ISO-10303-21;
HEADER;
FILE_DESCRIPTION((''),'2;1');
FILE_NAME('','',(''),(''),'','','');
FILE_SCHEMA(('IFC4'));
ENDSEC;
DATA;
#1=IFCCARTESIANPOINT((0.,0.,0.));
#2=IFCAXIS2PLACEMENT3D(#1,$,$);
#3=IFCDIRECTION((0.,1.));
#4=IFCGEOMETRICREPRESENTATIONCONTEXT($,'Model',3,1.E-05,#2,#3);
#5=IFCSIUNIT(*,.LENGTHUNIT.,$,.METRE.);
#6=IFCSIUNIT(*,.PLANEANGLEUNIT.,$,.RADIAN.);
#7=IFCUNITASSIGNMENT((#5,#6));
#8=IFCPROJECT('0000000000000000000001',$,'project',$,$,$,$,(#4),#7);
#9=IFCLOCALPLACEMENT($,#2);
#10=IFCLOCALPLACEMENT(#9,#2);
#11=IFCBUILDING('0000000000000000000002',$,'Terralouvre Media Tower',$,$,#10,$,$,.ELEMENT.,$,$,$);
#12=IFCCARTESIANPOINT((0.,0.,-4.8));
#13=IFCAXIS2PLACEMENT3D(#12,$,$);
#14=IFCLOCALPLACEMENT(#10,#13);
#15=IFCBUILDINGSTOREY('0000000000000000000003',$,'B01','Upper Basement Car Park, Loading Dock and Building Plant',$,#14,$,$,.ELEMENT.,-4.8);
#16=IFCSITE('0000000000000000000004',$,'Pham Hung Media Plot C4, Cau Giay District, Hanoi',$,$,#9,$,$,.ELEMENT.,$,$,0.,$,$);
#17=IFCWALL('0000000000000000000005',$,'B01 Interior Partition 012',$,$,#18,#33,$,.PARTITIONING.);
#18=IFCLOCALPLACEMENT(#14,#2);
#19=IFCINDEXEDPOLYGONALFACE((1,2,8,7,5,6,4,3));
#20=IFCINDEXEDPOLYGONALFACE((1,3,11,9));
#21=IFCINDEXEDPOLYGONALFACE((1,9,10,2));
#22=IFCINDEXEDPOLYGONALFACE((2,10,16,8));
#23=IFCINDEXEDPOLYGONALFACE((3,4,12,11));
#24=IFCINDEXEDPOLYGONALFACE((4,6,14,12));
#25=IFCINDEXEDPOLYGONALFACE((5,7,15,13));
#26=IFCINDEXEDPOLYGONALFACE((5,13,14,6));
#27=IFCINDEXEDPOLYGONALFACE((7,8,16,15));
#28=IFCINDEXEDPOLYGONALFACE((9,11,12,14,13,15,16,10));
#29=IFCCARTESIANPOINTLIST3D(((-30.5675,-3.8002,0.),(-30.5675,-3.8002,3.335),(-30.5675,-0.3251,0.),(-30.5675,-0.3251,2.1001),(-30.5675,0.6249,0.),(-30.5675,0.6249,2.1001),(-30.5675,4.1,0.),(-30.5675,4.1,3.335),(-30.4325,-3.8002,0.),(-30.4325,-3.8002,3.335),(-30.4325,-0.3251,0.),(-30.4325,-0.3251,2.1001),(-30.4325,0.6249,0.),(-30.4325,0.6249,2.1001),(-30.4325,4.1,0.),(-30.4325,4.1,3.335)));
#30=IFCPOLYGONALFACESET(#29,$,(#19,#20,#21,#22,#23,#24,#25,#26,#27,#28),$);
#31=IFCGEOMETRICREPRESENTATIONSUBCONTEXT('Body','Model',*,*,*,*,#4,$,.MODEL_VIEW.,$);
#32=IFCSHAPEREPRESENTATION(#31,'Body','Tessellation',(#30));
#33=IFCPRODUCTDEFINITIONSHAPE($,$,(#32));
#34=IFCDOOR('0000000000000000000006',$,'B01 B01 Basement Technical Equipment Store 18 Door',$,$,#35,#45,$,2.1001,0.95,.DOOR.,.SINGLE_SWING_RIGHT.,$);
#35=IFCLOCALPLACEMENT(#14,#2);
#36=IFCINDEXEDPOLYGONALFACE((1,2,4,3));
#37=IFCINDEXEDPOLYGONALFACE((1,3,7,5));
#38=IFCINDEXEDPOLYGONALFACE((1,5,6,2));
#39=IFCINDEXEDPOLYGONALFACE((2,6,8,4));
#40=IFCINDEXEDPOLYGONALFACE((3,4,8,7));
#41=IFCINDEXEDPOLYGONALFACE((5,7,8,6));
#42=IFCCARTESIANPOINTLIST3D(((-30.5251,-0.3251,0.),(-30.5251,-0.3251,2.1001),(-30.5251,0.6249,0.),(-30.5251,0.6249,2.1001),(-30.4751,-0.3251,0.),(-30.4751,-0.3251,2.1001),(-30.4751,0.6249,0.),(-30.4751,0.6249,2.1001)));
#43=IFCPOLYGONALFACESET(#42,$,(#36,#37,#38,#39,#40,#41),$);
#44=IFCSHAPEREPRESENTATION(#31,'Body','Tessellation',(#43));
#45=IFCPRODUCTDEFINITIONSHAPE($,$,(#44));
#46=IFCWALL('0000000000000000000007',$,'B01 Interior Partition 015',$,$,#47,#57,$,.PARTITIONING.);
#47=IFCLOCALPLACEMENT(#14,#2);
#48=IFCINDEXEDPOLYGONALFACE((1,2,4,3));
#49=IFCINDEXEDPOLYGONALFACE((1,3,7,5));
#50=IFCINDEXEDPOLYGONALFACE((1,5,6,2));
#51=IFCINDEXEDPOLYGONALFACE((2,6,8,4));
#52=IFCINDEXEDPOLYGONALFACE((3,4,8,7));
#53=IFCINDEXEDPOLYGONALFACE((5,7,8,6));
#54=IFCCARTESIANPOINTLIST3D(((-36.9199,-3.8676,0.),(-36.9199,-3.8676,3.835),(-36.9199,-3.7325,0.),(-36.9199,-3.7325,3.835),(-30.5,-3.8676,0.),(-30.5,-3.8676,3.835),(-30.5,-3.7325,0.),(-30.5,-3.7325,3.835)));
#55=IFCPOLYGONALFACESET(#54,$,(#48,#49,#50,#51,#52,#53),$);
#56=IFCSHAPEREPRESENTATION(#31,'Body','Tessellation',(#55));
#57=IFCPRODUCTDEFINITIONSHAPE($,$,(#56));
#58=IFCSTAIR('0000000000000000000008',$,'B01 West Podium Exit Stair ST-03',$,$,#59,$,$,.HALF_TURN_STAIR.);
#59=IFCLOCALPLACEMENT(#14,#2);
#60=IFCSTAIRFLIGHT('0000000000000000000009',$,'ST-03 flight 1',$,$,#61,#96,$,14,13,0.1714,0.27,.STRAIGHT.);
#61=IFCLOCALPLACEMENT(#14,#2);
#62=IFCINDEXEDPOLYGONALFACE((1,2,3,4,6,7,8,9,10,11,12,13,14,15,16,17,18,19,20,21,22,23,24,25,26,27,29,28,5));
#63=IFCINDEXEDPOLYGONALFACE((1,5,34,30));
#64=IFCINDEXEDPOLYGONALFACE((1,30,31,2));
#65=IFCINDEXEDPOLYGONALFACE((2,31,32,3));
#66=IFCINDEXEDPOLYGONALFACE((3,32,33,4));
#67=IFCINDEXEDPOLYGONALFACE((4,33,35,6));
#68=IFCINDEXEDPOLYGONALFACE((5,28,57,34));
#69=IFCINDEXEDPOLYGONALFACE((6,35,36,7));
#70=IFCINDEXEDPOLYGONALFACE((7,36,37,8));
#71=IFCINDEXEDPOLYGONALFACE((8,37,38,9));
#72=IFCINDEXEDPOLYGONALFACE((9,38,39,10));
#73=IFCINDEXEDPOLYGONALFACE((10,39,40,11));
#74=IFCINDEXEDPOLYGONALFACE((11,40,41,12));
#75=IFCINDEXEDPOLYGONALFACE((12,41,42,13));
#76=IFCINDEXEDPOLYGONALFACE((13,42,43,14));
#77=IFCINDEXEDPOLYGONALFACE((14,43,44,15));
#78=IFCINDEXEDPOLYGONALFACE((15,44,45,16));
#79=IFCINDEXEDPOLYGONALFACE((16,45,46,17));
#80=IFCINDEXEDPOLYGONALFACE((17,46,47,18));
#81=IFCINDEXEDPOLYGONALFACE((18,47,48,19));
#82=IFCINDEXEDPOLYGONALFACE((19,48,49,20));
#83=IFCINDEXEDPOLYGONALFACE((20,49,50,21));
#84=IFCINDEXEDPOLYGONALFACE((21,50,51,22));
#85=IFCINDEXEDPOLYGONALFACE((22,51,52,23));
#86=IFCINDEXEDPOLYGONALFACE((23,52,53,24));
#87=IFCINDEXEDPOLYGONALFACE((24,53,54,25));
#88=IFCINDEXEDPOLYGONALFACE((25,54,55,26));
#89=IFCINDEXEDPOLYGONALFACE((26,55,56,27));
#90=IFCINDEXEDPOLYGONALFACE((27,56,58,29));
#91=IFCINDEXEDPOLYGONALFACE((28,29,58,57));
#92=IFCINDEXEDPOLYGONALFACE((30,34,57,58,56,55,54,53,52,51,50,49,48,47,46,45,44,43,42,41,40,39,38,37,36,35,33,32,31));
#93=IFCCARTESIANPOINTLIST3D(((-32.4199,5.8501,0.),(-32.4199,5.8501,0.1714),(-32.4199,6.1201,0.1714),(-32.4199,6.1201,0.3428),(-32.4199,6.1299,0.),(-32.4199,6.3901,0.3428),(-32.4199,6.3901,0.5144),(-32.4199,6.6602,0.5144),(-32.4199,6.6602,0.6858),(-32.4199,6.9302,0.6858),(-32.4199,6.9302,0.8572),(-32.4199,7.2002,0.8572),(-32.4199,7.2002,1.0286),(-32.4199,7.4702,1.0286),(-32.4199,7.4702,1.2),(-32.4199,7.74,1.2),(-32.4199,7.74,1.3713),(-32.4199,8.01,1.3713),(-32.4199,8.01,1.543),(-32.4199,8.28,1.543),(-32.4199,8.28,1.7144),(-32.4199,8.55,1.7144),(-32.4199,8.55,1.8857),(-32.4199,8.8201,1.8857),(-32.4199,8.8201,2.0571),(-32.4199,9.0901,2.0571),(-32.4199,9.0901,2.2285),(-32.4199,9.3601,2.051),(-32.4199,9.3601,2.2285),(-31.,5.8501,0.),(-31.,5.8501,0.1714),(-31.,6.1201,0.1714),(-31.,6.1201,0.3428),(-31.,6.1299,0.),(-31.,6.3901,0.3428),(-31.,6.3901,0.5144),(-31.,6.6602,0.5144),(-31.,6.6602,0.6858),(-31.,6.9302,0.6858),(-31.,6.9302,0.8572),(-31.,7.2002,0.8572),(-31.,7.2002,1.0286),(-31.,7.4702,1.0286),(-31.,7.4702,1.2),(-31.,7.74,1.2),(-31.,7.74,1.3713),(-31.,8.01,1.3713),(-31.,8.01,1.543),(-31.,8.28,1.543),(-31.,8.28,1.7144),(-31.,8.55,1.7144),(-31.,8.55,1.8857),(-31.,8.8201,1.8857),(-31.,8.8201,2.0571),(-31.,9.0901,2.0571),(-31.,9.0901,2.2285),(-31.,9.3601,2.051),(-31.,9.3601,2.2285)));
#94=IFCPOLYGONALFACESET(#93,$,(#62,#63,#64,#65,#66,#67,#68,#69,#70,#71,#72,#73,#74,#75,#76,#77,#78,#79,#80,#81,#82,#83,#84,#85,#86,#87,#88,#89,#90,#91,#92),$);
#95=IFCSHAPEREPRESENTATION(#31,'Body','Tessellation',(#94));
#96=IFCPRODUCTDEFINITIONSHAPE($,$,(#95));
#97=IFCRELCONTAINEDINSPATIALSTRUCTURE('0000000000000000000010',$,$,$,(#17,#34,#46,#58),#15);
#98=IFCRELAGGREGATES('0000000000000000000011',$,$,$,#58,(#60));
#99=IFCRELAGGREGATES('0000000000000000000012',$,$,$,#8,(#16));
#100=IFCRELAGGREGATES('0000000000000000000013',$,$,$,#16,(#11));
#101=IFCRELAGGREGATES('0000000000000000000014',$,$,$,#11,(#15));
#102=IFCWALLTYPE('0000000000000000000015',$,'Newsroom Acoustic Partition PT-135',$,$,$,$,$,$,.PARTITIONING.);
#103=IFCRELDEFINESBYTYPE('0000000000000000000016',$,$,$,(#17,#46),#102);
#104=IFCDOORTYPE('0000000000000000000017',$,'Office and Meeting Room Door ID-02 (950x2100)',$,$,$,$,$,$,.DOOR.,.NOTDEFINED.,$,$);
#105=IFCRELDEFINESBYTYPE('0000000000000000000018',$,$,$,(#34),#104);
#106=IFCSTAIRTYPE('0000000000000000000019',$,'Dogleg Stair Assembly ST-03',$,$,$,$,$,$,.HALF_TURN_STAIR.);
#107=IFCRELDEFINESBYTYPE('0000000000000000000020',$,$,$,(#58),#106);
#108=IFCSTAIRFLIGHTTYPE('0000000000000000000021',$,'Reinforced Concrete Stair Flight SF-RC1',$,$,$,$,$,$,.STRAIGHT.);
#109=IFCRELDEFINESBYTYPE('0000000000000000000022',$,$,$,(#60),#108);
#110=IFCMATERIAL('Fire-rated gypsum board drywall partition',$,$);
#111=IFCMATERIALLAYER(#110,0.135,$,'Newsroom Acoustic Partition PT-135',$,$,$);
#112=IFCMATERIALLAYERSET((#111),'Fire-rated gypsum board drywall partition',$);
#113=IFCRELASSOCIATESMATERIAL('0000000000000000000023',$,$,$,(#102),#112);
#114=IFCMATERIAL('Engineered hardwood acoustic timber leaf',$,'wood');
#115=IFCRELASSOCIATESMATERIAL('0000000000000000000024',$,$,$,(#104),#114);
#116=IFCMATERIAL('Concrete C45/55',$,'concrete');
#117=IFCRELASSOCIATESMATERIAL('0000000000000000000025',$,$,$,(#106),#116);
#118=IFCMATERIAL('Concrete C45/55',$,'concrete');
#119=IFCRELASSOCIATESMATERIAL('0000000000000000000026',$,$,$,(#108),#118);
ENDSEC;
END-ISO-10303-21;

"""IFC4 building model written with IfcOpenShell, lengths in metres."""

from ifc_helpers import new_model, si_unit, direction, frame, frame_2d, origin, place, context, subcontext, project, spatial, polyline, rectangle, outline, extrude, material, layer, layer_set, type_object, element, fill, aggregate, save


model = new_model("IFC4")

# Units and contexts
model_context = context("Model", 3, precision=1e-05, world=origin(), true_north=direction((0.0, 1.0)))
body_context = subcontext(model_context, "Body", "Model", "MODEL_VIEW")
ifc_project = project(units=[si_unit("LENGTHUNIT", "METRE"), si_unit("PLANEANGLEUNIT", "RADIAN")], contexts=[model_context])

# Site, building, storey
site_placement = place(None, origin())
site = spatial("IfcSite", under=ifc_project, at=site_placement, Name="Pham Hung Media Plot C4, Cau Giay District, Hanoi", CompositionType="ELEMENT", RefElevation=0.0)
building_placement = place(site_placement, origin())
building = spatial("IfcBuilding", under=site, at=building_placement, Name="Terralouvre Media Tower", CompositionType="ELEMENT")
storey_placement = place(building_placement, frame((0.0, 0.0, -4.8)))
storey = spatial("IfcBuildingStorey", under=building, at=storey_placement, Name="B01", Description="Upper Basement Car Park, Loading Dock and Building Plant", CompositionType="ELEMENT", Elevation=-4.8)

# Wall, opening, door
ifc_material_1 = material(Name="Fire-rated gypsum board drywall partition")
ifc_layer_1 = layer(ifc_material_1, 0.135, Name="Newsroom Acoustic Partition PT-135")
ifc_layer_set_1 = layer_set([ifc_layer_1], Name="Fire-rated gypsum board drywall partition")
wall_type_1 = type_object("IfcWallType", Name="Newsroom Acoustic Partition PT-135", PredefinedType="PARTITIONING", material=ifc_layer_set_1)
ifc_material_2 = material(Name="Engineered hardwood acoustic timber leaf", Category="wood")
door_type_1 = type_object("IfcDoorType", Name="Office and Meeting Room Door ID-02 (950x2100)", OperationType="NOTDEFINED", PredefinedType="DOOR", material=ifc_material_2)
wall_1_placement = place(storey_placement, frame((-30.5, 4.1001, 0.0), z_axis=(0.0, 0.0, 1.0), x_axis=(0.0, -1.0, 0.0)))
wall_1 = element("IfcWall", 1, at=wall_1_placement, inside=storey, type_object=wall_type_1, Name="B01 Interior Partition 012", PredefinedType="PARTITIONING", context=body_context, shape_type="SweptSolid", body=[
    extrude(rectangle(XDim=7.9001, YDim=0.135, at=frame_2d((3.9502, 0.0))), origin(), (0.0, 0.0, 1.0), 3.335),
])
opening_1_placement = place(wall_1_placement, frame((3.4751, 0.0, 0.0)))
opening_1 = element("IfcOpeningElement", 2, at=opening_1_placement, cuts=wall_1, PredefinedType="OPENING", context=body_context, shape_type="SweptSolid", body=[
    extrude(rectangle(XDim=0.95, YDim=2.1001, at=frame_2d((0.4751, 1.05))), frame((0.0, 0.0774, 0.0), z_axis=(0.0, -1.0, 0.0), x_axis=(1.0, 0.0, 0.0)), (0.0, 0.0, 1.0), 0.155),
])
door_1_placement = place(opening_1_placement, origin())
door_1 = element("IfcDoor", 3, at=door_1_placement, inside=storey, type_object=door_type_1, Name="B01 B01 Basement Technical Equipment Store 18 Door", OperationType="SINGLE_SWING_RIGHT", OverallHeight=2.1001, OverallWidth=0.95, PredefinedType="DOOR", context=body_context, shape_type="SweptSolid", body=[
    extrude(rectangle(XDim=0.95, YDim=2.1001, at=frame_2d((0.4751, 1.05))), frame((0.0, 0.0249, 0.0), z_axis=(0.0, -1.0, 0.0), x_axis=(1.0, 0.0, 0.0)), (0.0, 0.0, 1.0), 0.05),
])
fill(opening_1, door_1)

# Wall
wall_2_placement = place(storey_placement, frame((-30.5, -3.8, 0.0), z_axis=(0.0, 0.0, 1.0), x_axis=(-1.0, 0.0, 0.0)))
element("IfcWall", 4, at=wall_2_placement, inside=storey, type_object=wall_type_1, Name="B01 Interior Partition 015", PredefinedType="PARTITIONING", context=body_context, shape_type="SweptSolid", body=[
    extrude(rectangle(XDim=6.4199, YDim=0.135, at=frame_2d((3.21, 0.0))), origin(), (0.0, 0.0, 1.0), 3.835),
])

# Stair, stair flight
ifc_material_3 = material(Name="Concrete C45/55", Category="concrete")
stair_type = type_object("IfcStairType", Name="Dogleg Stair Assembly ST-03", PredefinedType="HALF_TURN_STAIR", material=ifc_material_3)
stair_placement = place(storey_placement, origin())
stair = element("IfcStair", 5, at=stair_placement, inside=storey, type_object=stair_type, Name="B01 West Podium Exit Stair ST-03", PredefinedType="HALF_TURN_STAIR")
ifc_material_4 = material(Name="Concrete C45/55", Category="concrete")
stair_flight_type = type_object("IfcStairFlightType", Name="Reinforced Concrete Stair Flight SF-RC1", PredefinedType="STRAIGHT", material=ifc_material_4)
stair_flight_placement = place(storey_placement, frame((-31.71, 5.8501, 0.0), z_axis=(0.0, 0.0, 1.0), x_axis=(0.0, 1.0, 0.0)))
stair_flight = element("IfcStairFlight", 6, at=stair_flight_placement, type_object=stair_flight_type, Name="ST-03 flight 1", NumberOfRisers=14, NumberOfTreads=13, PredefinedType="STRAIGHT", RiserHeight=0.1714, TreadLength=0.27, context=body_context, shape_type="SweptSolid", body=[
    extrude(outline(polyline([(0.0, 0.0), (0.0, 0.1714), (0.27, 0.1714), (0.27, 0.3428), (0.54, 0.3428), (0.54, 0.5144), (0.8101, 0.5144), (0.8101, 0.6858), (1.0801, 0.6858), (1.0801, 0.8572), (1.3501, 0.8572), (1.3501, 1.0286), (1.6201, 1.0286), (1.6201, 1.2), (1.8899, 1.2), (1.8899, 1.3713), (2.1599, 1.3713), (2.1599, 1.543), (2.4299, 1.543), (2.4299, 1.7144), (2.7, 1.7144), (2.7, 1.8857), (2.97, 1.8857), (2.97, 2.0571), (3.24, 2.0571), (3.24, 2.2285), (3.51, 2.2285), (3.51, 2.3999), (3.51, 2.051), (0.2798, 0.0), (0.0, 0.0)])), frame((0.0, 0.71, 0.0), z_axis=(0.0, -1.0, 0.0), x_axis=(1.0, 0.0, 0.0)), (0.0, 0.0, 1.0), 1.4199),
])
aggregate(stair, [stair_flight])

save(model, "model.ifc")
